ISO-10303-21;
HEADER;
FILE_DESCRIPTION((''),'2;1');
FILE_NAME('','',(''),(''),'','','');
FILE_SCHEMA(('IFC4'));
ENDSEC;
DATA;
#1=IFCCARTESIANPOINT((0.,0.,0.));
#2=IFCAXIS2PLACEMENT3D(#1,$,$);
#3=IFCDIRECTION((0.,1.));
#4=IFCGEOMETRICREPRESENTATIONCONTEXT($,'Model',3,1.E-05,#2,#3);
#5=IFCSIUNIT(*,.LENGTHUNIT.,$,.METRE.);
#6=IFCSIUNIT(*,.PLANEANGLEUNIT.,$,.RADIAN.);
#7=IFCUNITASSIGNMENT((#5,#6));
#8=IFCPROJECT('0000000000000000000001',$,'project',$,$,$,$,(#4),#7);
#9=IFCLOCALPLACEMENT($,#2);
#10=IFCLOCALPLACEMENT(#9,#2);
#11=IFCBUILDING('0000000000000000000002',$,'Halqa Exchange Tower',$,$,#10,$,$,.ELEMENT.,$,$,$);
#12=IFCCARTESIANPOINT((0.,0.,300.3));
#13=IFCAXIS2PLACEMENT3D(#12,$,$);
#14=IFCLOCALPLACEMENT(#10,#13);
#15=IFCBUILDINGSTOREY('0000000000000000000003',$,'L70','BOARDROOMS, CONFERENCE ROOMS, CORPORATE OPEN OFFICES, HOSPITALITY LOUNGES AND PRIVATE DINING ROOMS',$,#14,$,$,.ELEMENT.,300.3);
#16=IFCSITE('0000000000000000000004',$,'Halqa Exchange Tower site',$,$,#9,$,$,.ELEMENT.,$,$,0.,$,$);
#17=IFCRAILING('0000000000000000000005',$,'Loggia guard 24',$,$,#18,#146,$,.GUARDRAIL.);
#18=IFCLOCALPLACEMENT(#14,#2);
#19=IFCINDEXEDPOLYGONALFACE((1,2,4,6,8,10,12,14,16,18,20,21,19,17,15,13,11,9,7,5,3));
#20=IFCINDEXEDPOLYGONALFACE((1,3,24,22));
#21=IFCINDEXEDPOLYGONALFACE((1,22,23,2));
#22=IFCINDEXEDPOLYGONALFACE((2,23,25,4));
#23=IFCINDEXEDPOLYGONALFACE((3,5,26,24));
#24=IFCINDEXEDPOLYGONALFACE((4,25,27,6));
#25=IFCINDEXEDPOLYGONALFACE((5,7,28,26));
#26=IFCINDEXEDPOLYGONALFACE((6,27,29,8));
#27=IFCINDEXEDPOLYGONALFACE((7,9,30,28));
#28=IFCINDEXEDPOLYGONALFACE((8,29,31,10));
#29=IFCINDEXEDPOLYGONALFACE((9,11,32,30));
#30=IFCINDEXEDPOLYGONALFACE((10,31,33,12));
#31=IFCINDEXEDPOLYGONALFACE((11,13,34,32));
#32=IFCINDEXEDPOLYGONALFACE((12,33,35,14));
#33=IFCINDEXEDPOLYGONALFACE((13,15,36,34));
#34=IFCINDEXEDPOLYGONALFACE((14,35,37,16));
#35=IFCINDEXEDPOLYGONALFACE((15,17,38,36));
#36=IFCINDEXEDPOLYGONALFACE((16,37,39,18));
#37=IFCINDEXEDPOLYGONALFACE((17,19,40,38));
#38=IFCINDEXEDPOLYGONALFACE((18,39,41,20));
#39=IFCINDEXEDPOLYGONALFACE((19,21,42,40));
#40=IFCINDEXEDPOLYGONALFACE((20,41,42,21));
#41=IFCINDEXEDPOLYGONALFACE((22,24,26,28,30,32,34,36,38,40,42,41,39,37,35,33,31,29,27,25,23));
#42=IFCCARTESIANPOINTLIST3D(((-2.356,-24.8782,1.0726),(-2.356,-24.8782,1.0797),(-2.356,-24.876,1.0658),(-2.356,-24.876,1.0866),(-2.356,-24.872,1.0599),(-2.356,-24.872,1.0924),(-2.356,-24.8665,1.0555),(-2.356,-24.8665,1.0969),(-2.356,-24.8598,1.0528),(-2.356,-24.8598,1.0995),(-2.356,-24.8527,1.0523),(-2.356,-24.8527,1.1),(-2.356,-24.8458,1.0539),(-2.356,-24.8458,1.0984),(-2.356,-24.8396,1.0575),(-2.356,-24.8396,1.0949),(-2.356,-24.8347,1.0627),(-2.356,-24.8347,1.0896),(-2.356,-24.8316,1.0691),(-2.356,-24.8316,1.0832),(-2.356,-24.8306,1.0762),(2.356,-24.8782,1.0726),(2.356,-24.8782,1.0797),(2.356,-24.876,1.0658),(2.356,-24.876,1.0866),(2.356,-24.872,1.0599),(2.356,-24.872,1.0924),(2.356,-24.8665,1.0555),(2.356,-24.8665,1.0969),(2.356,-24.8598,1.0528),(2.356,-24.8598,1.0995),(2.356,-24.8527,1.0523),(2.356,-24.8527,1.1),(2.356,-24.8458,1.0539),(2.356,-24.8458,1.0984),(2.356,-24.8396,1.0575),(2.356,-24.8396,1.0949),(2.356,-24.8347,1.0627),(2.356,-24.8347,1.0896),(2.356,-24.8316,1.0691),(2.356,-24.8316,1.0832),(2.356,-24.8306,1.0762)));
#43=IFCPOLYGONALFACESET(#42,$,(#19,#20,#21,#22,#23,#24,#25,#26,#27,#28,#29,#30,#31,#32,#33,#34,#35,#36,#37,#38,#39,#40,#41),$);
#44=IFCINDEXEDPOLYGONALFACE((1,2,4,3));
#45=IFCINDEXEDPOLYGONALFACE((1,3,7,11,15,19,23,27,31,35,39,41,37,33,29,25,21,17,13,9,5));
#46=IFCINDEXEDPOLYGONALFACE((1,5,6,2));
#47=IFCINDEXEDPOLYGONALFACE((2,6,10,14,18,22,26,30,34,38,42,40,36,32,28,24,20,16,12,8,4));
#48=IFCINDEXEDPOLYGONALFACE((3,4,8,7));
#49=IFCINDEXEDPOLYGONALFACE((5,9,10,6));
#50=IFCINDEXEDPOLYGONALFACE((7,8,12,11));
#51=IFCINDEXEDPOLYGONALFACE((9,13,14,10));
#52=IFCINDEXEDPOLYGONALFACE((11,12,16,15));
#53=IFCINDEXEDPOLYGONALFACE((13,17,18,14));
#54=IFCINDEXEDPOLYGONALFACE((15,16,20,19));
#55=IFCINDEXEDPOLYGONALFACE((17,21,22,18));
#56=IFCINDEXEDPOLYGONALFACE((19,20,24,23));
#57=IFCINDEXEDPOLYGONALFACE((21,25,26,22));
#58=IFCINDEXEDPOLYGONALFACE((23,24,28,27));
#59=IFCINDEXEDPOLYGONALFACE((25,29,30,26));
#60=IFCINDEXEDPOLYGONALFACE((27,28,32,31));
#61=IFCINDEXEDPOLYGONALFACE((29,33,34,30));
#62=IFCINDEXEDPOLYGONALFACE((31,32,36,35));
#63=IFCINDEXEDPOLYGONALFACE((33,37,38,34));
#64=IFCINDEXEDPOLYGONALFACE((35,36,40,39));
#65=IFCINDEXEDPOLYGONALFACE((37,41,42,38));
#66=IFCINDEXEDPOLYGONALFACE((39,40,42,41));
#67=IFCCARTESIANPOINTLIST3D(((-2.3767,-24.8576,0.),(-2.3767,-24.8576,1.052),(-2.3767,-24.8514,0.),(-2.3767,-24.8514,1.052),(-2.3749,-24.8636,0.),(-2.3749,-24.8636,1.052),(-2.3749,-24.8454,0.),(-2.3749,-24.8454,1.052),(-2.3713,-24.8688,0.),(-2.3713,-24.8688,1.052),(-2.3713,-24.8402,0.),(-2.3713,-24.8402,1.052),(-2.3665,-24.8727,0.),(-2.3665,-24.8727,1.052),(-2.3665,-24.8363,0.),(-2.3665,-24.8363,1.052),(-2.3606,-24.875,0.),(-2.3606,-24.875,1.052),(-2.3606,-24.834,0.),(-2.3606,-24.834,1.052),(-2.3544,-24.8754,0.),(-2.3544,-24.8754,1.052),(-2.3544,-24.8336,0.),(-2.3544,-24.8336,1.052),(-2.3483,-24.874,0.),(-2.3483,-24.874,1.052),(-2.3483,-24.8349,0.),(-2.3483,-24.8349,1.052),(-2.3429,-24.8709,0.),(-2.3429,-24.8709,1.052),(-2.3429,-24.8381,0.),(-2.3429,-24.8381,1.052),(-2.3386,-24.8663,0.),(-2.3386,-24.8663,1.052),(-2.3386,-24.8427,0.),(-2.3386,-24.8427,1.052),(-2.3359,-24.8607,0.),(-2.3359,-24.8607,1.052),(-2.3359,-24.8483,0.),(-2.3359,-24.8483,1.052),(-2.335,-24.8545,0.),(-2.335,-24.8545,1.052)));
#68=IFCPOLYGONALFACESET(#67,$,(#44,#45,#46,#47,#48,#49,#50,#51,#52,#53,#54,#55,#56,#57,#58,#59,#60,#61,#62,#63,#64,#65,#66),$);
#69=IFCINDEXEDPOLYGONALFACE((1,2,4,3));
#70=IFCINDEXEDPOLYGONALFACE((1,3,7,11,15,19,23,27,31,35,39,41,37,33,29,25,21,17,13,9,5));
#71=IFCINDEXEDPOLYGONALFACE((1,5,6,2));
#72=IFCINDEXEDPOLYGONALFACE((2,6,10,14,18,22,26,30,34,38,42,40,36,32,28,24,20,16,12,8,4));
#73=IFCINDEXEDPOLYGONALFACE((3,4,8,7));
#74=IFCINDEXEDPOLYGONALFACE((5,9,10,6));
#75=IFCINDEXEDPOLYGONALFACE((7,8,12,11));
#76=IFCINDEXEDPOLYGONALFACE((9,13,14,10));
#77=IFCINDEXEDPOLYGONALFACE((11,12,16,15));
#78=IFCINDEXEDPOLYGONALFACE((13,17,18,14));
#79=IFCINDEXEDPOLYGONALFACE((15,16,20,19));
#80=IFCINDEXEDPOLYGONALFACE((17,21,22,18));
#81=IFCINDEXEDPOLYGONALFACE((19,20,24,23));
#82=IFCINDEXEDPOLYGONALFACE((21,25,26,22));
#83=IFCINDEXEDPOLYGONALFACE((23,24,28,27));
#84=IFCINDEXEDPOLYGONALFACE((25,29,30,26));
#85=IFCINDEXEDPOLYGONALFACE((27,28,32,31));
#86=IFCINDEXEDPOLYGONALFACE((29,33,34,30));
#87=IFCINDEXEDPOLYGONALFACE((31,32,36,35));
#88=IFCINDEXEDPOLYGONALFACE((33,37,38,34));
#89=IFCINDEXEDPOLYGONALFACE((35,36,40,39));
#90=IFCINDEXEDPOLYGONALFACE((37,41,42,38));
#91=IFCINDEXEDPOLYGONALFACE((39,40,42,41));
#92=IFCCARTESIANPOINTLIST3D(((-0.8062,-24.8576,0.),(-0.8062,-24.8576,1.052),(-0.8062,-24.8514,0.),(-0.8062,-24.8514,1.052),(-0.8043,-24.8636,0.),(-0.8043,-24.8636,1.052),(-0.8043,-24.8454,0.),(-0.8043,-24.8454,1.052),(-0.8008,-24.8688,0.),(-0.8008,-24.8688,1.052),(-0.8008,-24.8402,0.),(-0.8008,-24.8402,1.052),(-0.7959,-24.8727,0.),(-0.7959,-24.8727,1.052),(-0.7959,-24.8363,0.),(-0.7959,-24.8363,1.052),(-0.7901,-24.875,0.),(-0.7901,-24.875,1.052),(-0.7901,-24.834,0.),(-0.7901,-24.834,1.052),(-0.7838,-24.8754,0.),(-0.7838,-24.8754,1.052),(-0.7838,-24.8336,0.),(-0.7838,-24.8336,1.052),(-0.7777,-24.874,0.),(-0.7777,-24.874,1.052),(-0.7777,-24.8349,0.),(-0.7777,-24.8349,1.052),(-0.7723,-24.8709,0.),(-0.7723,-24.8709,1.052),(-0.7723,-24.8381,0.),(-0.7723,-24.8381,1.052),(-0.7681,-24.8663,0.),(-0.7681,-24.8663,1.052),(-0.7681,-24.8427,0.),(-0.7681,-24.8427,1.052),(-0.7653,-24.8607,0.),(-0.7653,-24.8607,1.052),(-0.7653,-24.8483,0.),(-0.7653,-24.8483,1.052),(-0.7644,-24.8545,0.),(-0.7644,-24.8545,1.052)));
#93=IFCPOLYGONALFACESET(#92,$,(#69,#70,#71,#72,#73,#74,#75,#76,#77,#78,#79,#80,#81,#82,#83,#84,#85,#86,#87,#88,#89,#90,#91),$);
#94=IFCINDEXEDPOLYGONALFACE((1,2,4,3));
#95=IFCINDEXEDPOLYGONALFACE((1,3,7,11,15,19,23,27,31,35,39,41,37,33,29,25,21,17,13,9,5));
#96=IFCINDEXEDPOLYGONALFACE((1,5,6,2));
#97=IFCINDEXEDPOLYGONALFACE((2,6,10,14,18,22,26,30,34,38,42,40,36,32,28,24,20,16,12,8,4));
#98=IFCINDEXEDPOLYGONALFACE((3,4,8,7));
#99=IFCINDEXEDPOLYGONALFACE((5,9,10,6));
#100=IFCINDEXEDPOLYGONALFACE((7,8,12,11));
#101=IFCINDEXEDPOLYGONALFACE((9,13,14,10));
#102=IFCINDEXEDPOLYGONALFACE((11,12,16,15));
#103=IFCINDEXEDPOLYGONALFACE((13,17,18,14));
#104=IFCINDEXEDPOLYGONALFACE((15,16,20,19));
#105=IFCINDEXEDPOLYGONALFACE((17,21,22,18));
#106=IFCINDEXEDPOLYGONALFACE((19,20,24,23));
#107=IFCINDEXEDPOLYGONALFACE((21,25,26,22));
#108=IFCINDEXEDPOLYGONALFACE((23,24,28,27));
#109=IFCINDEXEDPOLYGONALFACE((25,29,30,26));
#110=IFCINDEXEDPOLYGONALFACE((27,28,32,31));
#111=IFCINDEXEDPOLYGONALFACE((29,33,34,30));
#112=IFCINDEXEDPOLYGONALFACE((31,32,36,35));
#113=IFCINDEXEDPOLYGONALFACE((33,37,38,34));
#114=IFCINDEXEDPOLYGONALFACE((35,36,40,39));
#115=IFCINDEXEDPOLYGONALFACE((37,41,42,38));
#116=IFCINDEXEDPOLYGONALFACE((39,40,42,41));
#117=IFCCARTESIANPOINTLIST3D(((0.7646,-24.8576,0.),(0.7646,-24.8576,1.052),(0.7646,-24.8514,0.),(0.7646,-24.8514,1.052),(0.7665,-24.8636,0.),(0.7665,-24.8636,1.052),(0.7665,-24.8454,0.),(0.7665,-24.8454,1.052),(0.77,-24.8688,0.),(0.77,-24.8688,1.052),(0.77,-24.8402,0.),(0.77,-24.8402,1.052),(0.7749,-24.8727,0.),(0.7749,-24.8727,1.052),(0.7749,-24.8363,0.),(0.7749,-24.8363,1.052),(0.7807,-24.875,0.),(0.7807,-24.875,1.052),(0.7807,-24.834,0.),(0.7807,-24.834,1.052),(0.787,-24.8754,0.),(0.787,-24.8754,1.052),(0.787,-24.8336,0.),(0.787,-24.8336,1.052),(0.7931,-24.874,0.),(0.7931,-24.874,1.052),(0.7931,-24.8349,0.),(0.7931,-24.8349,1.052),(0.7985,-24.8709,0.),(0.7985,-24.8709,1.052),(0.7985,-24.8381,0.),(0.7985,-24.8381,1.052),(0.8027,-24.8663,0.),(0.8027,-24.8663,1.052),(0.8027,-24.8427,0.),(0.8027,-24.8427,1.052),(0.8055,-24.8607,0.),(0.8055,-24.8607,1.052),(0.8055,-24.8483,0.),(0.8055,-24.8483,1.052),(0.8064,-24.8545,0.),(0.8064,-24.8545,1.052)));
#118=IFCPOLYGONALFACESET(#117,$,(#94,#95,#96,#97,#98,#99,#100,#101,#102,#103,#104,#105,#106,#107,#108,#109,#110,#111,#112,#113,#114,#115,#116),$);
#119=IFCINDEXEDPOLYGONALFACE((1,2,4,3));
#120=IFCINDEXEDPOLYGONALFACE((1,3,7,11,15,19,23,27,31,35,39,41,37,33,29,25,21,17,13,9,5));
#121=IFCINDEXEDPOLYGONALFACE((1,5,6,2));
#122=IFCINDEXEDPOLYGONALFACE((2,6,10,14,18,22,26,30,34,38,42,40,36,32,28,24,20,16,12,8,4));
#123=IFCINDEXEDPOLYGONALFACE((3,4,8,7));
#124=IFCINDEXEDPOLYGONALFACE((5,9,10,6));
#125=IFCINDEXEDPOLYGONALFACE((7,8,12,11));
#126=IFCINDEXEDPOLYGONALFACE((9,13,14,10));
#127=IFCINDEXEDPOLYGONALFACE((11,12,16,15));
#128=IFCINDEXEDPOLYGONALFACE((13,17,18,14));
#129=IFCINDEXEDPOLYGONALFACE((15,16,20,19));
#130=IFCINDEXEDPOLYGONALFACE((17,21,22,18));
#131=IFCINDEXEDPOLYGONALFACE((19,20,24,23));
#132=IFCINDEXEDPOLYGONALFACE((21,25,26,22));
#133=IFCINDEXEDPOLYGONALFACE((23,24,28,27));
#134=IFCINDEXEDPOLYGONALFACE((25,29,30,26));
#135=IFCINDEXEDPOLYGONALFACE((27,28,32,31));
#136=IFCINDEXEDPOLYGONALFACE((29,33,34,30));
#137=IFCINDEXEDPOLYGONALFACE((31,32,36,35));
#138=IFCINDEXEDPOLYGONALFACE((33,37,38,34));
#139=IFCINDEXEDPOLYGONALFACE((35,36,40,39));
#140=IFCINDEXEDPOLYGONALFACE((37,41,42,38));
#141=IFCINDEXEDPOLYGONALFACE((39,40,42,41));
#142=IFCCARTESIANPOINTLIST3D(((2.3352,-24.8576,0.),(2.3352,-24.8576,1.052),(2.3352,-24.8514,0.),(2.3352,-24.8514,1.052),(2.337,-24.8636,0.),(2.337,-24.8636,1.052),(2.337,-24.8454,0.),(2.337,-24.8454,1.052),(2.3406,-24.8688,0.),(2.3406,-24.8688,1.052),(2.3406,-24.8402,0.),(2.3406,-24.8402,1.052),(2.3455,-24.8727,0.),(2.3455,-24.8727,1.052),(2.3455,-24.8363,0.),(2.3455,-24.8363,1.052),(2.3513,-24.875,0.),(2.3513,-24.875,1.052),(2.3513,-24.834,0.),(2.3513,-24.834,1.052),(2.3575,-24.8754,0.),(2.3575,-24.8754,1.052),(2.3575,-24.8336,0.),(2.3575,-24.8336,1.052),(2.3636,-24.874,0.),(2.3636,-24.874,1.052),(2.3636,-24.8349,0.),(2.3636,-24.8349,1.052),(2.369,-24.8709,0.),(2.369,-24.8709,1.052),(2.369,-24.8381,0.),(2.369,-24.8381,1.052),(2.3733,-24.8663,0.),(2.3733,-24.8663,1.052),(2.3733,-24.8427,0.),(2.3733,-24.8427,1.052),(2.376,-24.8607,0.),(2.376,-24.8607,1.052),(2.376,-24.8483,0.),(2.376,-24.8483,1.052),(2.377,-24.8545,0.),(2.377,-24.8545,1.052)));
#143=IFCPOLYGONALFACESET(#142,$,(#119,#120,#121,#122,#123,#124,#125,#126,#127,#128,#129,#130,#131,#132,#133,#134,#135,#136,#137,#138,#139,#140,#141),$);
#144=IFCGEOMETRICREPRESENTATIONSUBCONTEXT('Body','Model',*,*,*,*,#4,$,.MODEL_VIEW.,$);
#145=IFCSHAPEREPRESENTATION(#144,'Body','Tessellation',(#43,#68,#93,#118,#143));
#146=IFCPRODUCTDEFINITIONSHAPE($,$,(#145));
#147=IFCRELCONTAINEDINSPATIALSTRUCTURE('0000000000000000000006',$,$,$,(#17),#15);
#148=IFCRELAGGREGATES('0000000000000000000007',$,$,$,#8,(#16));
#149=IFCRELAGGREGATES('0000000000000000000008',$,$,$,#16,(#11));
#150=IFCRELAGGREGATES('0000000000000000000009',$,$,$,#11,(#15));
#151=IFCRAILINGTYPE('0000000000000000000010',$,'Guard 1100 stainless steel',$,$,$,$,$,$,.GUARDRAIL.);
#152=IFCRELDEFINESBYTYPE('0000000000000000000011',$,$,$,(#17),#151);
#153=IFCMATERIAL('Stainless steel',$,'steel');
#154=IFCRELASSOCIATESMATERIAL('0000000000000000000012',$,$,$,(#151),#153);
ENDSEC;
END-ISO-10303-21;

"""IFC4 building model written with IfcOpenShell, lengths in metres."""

from ifc_helpers import new_model, si_unit, direction, frame, origin, origin_2d, place, context, subcontext, project, spatial, circle, extrude, material, type_object, element, save


model = new_model("IFC4")

# Units and contexts
model_context = context("Model", 3, precision=1e-05, world=origin(), true_north=direction((0.0, 1.0)))
body_context = subcontext(model_context, "Body", "Model", "MODEL_VIEW")
ifc_project = project(units=[si_unit("LENGTHUNIT", "METRE"), si_unit("PLANEANGLEUNIT", "RADIAN")], contexts=[model_context])

# Site, building, storey
site_placement = place(None, origin())
site = spatial("IfcSite", under=ifc_project, at=site_placement, Name="Halqa Exchange Tower site", CompositionType="ELEMENT", RefElevation=0.0)
building_placement = place(site_placement, origin())
building = spatial("IfcBuilding", under=site, at=building_placement, Name="Halqa Exchange Tower", CompositionType="ELEMENT")
storey_placement = place(building_placement, frame((0.0, 0.0, 300.3)))
storey = spatial("IfcBuildingStorey", under=building, at=storey_placement, Name="L70", Description="BOARDROOMS, CONFERENCE ROOMS, CORPORATE OPEN OFFICES, HOSPITALITY LOUNGES AND PRIVATE DINING ROOMS", CompositionType="ELEMENT", Elevation=300.3)

# Railing
ifc_material_1 = material(Name="Stainless steel", Category="steel")
railing_type = type_object("IfcRailingType", Name="Guard 1100 stainless steel", PredefinedType="GUARDRAIL", material=ifc_material_1)
railing_1_placement = place(storey_placement, frame((-2.356, -24.8545, 0.0)))
element("IfcRailing", 1, at=railing_1_placement, inside=storey, type_object=railing_type, Name="Loggia guard 24", PredefinedType="GUARDRAIL", context=body_context, shape_type="SweptSolid", body=[
    extrude(circle(Radius=0.0239, at=origin_2d()), frame((0.0, 0.0, 1.0762), z_axis=(1.0, 0.0, 0.0), x_axis=(0.0, 1.0, 0.0)), (0.0, 0.0, 1.0), 4.7119),
    extrude(circle(Radius=0.021, at=origin_2d()), origin(), (0.0, 0.0, 1.0), 1.052),
    extrude(circle(Radius=0.021, at=origin_2d()), frame((1.5706, 0.0, 0.0)), (0.0, 0.0, 1.0), 1.052),
    extrude(circle(Radius=0.021, at=origin_2d()), frame((3.1414, 0.0, 0.0)), (0.0, 0.0, 1.0), 1.052),
    extrude(circle(Radius=0.021, at=origin_2d()), frame((4.7119, 0.0, 0.0)), (0.0, 0.0, 1.0), 1.052),
])

save(model, "model.ifc")
